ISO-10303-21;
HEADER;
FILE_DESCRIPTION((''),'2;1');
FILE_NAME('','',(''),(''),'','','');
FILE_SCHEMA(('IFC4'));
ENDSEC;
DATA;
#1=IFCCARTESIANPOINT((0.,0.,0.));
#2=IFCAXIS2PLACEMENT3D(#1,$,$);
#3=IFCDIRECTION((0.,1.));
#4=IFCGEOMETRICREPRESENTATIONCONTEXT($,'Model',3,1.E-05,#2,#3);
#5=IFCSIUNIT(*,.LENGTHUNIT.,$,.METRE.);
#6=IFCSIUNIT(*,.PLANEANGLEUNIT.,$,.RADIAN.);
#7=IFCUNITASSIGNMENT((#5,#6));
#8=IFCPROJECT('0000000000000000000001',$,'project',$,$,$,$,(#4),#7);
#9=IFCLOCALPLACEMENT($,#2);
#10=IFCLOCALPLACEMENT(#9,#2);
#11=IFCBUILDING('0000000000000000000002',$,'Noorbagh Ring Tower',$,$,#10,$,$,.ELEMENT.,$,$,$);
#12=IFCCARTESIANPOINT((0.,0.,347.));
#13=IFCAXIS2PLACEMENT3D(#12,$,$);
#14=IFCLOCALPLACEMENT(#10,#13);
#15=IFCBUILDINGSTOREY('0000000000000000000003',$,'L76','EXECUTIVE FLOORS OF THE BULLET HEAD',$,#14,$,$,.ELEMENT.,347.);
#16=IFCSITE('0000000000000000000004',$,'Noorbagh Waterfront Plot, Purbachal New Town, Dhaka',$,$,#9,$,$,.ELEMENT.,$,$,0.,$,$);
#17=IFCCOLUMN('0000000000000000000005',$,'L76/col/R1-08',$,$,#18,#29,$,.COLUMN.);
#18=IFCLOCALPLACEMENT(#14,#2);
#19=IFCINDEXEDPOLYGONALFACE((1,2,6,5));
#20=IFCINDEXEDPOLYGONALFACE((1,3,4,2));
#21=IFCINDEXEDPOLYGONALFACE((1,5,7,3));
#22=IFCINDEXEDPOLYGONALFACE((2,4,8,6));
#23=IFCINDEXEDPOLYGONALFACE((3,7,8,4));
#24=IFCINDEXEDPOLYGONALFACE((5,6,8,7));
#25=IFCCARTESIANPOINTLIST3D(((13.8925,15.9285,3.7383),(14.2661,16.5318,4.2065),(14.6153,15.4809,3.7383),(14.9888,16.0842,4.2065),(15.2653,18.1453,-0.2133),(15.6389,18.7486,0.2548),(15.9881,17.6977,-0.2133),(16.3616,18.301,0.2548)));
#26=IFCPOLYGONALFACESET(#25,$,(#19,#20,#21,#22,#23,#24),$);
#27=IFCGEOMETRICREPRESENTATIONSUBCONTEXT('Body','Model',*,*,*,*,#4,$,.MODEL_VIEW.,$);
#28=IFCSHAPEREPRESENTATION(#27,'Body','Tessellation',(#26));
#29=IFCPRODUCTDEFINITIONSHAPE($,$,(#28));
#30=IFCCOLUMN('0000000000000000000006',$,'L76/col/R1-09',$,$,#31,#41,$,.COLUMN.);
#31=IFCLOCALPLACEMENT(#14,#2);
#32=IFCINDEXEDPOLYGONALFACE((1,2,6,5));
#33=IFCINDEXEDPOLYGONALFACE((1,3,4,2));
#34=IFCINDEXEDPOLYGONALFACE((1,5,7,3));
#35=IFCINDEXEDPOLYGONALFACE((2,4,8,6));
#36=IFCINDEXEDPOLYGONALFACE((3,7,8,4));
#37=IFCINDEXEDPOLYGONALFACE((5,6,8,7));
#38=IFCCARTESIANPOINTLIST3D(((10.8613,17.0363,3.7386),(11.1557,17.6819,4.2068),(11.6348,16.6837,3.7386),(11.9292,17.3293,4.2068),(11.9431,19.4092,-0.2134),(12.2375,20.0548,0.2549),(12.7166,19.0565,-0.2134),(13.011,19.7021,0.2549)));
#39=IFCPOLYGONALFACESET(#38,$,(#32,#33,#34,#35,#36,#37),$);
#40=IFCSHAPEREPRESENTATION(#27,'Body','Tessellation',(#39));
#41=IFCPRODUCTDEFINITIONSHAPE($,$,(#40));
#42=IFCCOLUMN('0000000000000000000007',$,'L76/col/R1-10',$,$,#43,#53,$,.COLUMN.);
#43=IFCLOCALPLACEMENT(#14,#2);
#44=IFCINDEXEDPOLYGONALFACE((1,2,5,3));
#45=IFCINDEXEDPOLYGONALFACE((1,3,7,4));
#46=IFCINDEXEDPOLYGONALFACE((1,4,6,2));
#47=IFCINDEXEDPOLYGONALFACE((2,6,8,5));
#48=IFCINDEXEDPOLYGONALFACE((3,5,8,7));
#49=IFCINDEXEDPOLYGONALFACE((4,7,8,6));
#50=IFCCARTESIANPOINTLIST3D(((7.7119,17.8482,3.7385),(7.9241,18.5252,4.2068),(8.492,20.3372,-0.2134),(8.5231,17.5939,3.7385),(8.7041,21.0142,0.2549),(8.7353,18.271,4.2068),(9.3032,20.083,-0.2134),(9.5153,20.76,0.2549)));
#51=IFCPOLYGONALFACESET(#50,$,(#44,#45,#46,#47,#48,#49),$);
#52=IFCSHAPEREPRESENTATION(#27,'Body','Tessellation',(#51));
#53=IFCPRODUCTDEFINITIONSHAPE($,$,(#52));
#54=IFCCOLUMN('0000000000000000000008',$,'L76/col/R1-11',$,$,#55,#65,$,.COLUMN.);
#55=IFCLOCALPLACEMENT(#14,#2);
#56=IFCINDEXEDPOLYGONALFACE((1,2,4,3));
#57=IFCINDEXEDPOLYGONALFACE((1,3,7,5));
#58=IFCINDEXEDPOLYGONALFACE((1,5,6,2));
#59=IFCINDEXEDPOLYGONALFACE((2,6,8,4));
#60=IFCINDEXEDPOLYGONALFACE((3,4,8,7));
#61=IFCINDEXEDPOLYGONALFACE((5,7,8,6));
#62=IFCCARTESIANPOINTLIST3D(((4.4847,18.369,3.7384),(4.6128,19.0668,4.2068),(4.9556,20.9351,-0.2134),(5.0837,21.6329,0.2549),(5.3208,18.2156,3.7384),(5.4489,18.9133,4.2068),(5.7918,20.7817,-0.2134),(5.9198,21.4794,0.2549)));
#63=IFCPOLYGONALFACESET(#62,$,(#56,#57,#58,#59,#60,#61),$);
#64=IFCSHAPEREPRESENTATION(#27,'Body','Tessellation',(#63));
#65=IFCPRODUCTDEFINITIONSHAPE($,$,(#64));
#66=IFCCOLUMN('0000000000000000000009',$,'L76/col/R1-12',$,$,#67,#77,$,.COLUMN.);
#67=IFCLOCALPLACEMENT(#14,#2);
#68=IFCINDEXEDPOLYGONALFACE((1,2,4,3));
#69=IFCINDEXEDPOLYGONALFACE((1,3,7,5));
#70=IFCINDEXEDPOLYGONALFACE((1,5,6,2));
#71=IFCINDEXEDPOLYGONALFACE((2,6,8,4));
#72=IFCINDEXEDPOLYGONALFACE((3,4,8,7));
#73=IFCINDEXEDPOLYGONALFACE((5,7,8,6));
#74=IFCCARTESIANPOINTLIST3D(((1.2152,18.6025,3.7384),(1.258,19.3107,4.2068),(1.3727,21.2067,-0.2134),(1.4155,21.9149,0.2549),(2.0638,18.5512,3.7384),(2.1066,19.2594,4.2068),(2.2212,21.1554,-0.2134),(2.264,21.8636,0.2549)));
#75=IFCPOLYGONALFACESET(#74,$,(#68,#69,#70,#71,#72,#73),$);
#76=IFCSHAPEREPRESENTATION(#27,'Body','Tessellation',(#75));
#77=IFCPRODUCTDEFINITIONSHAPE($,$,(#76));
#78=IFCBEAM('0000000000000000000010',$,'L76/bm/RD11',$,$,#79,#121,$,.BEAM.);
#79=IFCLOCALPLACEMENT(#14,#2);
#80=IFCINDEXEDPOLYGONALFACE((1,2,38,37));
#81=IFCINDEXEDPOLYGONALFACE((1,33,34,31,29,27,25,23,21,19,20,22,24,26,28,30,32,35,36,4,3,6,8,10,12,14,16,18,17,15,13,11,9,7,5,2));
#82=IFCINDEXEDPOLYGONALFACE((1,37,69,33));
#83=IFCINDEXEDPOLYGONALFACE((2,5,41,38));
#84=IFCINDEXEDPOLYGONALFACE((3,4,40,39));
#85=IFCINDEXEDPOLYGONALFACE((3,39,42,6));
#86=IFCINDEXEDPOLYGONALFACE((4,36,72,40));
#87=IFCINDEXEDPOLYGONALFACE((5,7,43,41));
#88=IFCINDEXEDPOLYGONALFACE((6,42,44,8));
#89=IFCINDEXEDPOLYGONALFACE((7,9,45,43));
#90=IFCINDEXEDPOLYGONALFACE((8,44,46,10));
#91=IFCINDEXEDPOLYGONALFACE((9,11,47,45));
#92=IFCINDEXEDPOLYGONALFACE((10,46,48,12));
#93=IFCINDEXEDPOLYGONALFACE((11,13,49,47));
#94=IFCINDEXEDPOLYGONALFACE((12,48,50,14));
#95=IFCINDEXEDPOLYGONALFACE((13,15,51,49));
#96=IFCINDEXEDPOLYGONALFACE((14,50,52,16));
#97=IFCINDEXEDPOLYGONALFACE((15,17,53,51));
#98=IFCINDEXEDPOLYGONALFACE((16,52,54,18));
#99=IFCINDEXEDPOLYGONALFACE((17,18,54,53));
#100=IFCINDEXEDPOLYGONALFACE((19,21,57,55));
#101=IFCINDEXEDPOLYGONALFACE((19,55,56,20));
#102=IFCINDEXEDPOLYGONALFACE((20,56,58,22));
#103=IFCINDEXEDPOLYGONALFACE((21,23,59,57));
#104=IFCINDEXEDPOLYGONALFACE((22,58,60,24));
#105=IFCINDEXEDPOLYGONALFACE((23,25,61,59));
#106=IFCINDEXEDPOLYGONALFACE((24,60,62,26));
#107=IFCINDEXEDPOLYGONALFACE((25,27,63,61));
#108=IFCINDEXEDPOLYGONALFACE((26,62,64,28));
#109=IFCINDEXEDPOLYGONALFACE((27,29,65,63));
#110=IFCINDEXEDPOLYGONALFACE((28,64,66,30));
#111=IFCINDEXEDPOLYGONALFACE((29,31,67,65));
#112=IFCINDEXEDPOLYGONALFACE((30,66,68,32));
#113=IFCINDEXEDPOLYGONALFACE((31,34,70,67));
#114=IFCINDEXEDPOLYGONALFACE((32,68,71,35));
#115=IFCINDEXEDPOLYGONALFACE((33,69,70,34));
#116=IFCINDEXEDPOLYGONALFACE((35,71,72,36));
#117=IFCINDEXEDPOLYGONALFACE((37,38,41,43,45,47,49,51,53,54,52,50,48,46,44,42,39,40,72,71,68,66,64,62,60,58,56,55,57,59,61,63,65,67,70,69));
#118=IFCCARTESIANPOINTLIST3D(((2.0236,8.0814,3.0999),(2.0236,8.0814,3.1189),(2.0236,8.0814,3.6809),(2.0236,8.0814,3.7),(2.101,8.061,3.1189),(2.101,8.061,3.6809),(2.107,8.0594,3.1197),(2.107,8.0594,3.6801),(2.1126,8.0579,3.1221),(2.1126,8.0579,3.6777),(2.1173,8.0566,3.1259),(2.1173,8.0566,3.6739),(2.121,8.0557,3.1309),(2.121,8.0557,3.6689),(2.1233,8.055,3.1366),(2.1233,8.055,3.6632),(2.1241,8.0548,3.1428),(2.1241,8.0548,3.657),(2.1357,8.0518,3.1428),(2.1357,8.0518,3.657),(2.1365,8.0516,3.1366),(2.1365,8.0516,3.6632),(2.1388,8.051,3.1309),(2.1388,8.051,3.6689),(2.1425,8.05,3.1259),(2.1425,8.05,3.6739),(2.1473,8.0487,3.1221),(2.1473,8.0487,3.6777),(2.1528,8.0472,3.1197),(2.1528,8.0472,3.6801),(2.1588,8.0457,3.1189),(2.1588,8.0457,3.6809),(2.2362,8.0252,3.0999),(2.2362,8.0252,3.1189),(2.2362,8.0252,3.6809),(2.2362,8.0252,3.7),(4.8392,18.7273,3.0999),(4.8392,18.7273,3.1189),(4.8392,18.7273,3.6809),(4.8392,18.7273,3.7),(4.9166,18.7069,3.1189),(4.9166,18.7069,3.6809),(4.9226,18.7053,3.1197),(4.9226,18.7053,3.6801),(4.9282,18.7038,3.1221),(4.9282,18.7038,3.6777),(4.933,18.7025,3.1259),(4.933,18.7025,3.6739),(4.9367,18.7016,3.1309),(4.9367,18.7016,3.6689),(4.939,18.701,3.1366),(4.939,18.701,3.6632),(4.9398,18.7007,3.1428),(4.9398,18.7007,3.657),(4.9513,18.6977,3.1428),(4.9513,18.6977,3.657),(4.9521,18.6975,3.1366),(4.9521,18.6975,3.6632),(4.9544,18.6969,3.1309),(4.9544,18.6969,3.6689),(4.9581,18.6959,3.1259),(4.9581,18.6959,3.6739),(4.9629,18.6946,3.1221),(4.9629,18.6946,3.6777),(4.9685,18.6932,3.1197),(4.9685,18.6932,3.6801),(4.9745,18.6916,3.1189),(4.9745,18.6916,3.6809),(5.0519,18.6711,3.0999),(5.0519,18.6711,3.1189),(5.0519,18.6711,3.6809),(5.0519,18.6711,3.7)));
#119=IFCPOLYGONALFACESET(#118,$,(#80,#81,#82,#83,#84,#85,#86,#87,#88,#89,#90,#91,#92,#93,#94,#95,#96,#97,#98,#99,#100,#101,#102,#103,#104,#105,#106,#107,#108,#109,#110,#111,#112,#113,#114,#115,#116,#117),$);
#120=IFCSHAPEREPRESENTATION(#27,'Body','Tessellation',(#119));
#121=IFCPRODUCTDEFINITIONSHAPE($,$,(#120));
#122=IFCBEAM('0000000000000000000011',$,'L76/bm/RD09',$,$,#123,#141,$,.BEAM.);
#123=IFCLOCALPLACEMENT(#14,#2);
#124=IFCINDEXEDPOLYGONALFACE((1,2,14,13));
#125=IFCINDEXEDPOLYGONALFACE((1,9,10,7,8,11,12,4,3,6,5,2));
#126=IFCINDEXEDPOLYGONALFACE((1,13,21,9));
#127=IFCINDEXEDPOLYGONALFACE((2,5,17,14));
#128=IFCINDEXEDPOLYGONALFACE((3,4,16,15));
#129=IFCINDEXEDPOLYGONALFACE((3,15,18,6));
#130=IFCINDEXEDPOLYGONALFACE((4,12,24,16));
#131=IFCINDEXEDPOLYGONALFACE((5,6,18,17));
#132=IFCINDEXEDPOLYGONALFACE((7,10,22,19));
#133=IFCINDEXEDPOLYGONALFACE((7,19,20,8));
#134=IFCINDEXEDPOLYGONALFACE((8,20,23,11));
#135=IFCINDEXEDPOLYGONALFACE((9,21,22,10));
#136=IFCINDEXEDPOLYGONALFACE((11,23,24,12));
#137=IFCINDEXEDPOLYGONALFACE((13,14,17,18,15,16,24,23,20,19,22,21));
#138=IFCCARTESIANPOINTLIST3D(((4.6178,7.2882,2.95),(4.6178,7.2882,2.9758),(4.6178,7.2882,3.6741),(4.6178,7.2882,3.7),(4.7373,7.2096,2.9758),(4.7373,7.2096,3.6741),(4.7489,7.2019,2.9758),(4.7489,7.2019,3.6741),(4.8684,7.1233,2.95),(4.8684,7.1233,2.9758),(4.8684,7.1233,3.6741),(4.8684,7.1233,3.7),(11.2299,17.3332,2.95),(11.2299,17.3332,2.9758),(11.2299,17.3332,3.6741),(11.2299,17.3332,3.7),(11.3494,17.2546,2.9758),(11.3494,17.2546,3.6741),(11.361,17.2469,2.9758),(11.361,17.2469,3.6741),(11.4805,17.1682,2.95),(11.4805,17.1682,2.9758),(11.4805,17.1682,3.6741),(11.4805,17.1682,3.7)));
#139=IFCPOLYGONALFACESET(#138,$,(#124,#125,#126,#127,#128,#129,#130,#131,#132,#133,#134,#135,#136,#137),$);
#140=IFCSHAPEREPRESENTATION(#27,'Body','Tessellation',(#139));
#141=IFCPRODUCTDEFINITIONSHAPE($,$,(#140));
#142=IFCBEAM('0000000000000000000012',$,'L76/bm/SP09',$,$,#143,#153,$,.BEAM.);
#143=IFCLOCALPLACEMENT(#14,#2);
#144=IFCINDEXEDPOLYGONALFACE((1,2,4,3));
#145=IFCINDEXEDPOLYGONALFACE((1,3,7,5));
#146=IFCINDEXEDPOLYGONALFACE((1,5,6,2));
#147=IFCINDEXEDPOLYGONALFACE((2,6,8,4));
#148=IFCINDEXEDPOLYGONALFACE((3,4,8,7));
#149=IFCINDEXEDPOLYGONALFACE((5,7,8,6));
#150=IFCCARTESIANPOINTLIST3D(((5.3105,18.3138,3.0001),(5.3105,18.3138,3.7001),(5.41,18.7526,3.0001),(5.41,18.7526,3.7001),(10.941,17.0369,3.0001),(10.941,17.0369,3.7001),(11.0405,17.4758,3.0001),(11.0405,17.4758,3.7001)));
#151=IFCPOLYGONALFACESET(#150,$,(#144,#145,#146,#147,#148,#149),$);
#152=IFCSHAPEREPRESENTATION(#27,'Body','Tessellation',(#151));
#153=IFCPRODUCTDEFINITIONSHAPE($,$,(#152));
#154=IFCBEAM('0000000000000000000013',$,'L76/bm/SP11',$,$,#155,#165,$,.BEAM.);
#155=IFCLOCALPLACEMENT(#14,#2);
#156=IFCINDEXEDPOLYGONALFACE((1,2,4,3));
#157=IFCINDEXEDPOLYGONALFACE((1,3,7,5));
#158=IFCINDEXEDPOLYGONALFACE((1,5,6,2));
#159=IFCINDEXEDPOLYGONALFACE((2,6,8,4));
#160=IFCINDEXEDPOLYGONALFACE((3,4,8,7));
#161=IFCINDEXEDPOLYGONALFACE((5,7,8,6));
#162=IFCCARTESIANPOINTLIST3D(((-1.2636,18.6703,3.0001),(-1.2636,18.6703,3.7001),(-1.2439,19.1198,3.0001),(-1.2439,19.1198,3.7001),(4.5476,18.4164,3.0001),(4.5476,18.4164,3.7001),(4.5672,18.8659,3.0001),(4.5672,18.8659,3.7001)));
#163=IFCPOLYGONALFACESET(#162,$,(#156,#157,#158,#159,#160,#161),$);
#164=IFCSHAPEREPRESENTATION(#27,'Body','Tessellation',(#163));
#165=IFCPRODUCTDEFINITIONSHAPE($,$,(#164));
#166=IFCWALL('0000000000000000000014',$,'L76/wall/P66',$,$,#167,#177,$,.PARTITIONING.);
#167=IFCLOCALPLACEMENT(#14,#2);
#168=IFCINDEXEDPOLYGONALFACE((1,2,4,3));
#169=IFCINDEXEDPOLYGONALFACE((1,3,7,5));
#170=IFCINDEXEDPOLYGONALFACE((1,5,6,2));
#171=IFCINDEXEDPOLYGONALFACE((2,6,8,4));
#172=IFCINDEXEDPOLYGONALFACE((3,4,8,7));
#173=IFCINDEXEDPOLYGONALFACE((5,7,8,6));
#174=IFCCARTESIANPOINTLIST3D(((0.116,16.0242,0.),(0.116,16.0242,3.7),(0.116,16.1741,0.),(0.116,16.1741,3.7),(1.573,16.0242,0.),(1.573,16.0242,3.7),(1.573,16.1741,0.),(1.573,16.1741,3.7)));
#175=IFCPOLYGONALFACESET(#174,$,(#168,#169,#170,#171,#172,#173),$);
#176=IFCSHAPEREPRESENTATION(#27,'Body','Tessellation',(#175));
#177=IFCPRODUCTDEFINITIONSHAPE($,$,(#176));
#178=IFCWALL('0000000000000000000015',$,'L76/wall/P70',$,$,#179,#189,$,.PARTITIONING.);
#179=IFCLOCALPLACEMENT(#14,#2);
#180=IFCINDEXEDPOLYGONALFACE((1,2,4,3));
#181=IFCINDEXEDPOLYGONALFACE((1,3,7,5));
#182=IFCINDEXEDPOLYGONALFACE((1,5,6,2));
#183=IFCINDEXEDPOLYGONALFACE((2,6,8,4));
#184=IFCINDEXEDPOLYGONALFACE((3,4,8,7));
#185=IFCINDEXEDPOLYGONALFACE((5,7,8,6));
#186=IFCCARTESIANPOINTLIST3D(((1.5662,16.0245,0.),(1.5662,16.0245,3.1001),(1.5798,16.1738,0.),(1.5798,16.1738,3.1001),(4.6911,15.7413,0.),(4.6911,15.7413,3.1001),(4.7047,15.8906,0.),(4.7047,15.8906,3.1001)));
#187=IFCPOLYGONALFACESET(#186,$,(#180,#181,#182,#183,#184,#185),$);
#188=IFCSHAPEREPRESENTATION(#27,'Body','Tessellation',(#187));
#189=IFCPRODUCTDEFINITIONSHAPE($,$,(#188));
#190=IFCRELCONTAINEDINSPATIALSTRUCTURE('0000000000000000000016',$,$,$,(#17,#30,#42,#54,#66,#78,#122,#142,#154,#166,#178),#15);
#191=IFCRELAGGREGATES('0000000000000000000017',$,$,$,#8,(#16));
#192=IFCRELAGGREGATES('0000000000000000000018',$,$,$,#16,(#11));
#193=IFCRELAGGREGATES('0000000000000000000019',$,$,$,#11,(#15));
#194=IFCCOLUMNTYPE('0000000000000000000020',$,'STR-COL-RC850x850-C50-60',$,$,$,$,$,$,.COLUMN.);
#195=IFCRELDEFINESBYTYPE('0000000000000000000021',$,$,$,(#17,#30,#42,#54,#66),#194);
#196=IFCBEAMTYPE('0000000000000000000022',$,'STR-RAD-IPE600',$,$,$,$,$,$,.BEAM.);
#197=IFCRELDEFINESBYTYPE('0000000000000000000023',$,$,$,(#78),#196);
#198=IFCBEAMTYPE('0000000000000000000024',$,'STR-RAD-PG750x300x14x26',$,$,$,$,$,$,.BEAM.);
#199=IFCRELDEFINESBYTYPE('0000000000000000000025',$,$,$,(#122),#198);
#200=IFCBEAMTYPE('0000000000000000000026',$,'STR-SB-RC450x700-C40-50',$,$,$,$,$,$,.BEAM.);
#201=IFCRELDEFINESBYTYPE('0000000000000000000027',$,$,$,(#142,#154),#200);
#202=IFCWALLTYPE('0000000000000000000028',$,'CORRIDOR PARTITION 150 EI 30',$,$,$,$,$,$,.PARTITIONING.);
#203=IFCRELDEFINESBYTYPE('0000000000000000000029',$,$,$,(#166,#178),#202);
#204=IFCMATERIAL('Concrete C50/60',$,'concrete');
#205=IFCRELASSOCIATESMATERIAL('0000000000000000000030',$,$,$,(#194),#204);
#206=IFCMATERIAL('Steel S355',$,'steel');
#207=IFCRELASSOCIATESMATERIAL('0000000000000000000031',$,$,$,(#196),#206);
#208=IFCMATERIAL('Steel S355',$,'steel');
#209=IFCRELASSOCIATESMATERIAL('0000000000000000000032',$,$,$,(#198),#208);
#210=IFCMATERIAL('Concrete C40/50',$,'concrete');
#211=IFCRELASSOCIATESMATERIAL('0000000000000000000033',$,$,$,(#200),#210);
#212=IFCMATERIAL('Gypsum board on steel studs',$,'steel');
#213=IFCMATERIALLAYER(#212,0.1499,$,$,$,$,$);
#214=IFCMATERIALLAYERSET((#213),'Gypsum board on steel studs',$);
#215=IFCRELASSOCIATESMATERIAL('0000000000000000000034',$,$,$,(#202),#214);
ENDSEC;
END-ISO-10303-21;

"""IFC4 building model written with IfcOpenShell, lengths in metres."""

from ifc_helpers import new_model, si_unit, direction, frame, frame_2d, origin, origin_2d, place, context, subcontext, project, spatial, rectangle, i_section, extrude, material, layer, layer_set, material_profile, profile_set, type_object, element, save


model = new_model("IFC4")

# Units and contexts
model_context = context("Model", 3, precision=1e-05, world=origin(), true_north=direction((0.0, 1.0)))
body_context = subcontext(model_context, "Body", "Model", "MODEL_VIEW")
ifc_project = project(units=[si_unit("LENGTHUNIT", "METRE"), si_unit("PLANEANGLEUNIT", "RADIAN")], contexts=[model_context])

# Site, building, storey
site_placement = place(None, origin())
site = spatial("IfcSite", under=ifc_project, at=site_placement, Name="Noorbagh Waterfront Plot, Purbachal New Town, Dhaka", CompositionType="ELEMENT", RefElevation=0.0)
building_placement = place(site_placement, origin())
building = spatial("IfcBuilding", under=site, at=building_placement, Name="Noorbagh Ring Tower", CompositionType="ELEMENT")
storey_placement = place(building_placement, frame((0.0, 0.0, 347.0)))
storey = spatial("IfcBuildingStorey", under=building, at=storey_placement, Name="L76", Description="EXECUTIVE FLOORS OF THE BULLET HEAD", CompositionType="ELEMENT", Elevation=347.0)

# Columns
ifc_material_1 = material(Name="Concrete C50/60", Category="concrete")
ifc_material_profile_1 = material_profile(ifc_material_1, rectangle(XDim=0.8501, YDim=0.8501, at=origin_2d()), Name="RC850x850")
ifc_profile_set_1 = profile_set([ifc_material_profile_1], Name="Concrete C50/60")
column_type = type_object("IfcColumnType", Name="STR-COL-RC850x850-C50-60", PredefinedType="COLUMN", material=ifc_profile_set_1)
column_1_placement = place(storey_placement, frame((15.8135, 18.2231, 0.0208), z_axis=(-0.289964, -0.468233, 0.834672), x_axis=(0.850179, -0.526493, 0.0)))
element("IfcColumn", 1, at=column_1_placement, inside=storey, type_object=column_type, Name="L76/col/R1-08", PredefinedType="COLUMN", context=body_context, shape_type="SweptSolid", body=[
    extrude(rectangle(XDim=0.8501, YDim=0.8501, at=origin_2d()), origin(), (0.0, 0.0, 1.0), 4.7344),
])
column_2_placement = place(storey_placement, frame((12.4771, 19.5557, 0.0208), z_axis=(-0.228477, -0.501145, 0.834657), x_axis=(0.909898, -0.414833, 0.0)))
element("IfcColumn", 2, at=column_2_placement, inside=storey, type_object=column_type, Name="L76/col/R1-09", PredefinedType="COLUMN", context=body_context, shape_type="SweptSolid", body=[
    extrude(rectangle(XDim=0.8501, YDim=0.8501, at=origin_2d()), origin(), (0.0, 0.0, 1.0), 4.7349),
])
column_3_placement = place(storey_placement, frame((9.0037, 20.5486, 0.0208), z_axis=(-0.164733, -0.525652, 0.834598), x_axis=(0.954238, -0.299048, 0.0)))
element("IfcColumn", 3, at=column_3_placement, inside=storey, type_object=column_type, Name="L76/col/R1-10", PredefinedType="COLUMN", context=body_context, shape_type="SweptSolid", body=[
    extrude(rectangle(XDim=0.8501, YDim=0.8501, at=origin_2d()), origin(), (0.0, 0.0, 1.0), 4.7351),
])
for number, where, z_axis, x_axis, name in (
    (4, (5.4377, 21.2073, 0.0208), (-0.099451, -0.541904, 0.834535), (0.983574, -0.180507, 0.0), "L76/col/R1-11"),
    (5, (1.8184, 21.5352, 0.0208), (-0.033254, -0.549948, 0.834537), (0.998177, -0.060357, 0.0), "L76/col/R1-12"),
):
    element("IfcColumn", number, at=place(storey_placement, frame(where, z_axis=z_axis, x_axis=x_axis)), inside=storey, type_object=column_type, Name=name, PredefinedType="COLUMN", context=body_context, shape_type="SweptSolid", body=[
        extrude(rectangle(XDim=0.8501, YDim=0.8501, at=origin_2d()), origin(), (0.0, 0.0, 1.0), 4.7354),
    ])

# Beams
ifc_material_2 = material(Name="Steel S355", Category="steel")
ifc_material_profile_2 = material_profile(ifc_material_2, i_section(OverallWidth=0.22, OverallDepth=0.6001, WebThickness=0.012, FlangeThickness=0.019, FilletRadius=0.0239, at=origin_2d()), Name="IPE600")
ifc_profile_set_2 = profile_set([ifc_material_profile_2], Name="Steel S355")
beam_type_1 = type_object("IfcBeamType", Name="STR-RAD-IPE600", PredefinedType="BEAM", material=ifc_profile_set_2)
beam_1_placement = place(storey_placement, frame((4.9456, 18.6992, 3.3999), z_axis=(-0.25569, -0.966759, 0.0), x_axis=(0.966759, -0.25569, 0.0)))
element("IfcBeam", 6, at=beam_1_placement, inside=storey, type_object=beam_type_1, Name="L76/bm/RD11", PredefinedType="BEAM", context=body_context, shape_type="SweptSolid", body=[
    extrude(i_section(OverallWidth=0.22, OverallDepth=0.6001, WebThickness=0.012, FlangeThickness=0.019, FilletRadius=0.0239, at=origin_2d()), origin(), (0.0, 0.0, 1.0), 11.012),
])
ifc_material_3 = material(Name="Steel S355", Category="steel")
ifc_material_profile_3 = material_profile(ifc_material_3, i_section(OverallWidth=0.3, OverallDepth=0.75, WebThickness=0.0139, FlangeThickness=0.0259, at=origin_2d()), Name="PG750x300x14x26")
ifc_profile_set_3 = profile_set([ifc_material_profile_3], Name="Steel S355")
beam_type_2 = type_object("IfcBeamType", Name="STR-RAD-PG750x300x14x26", PredefinedType="BEAM", material=ifc_profile_set_3)
beam_2_placement = place(storey_placement, frame((11.3552, 17.2507, 3.325), z_axis=(-0.549823, -0.835281, 0.0), x_axis=(0.835281, -0.549823, 0.0)))
element("IfcBeam", 7, at=beam_2_placement, inside=storey, type_object=beam_type_2, Name="L76/bm/RD09", PredefinedType="BEAM", context=body_context, shape_type="SweptSolid", body=[
    extrude(i_section(OverallWidth=0.3, OverallDepth=0.75, WebThickness=0.0139, FlangeThickness=0.0259, at=origin_2d()), origin(), (0.0, 0.0, 1.0), 12.0259),
])
ifc_material_4 = material(Name="Concrete C40/50", Category="concrete")
ifc_material_profile_4 = material_profile(ifc_material_4, rectangle(XDim=0.45, YDim=0.7, at=origin_2d()), Name="RC450x700")
ifc_profile_set_4 = profile_set([ifc_material_profile_4], Name="Concrete C40/50")
beam_type_3 = type_object("IfcBeamType", Name="STR-SB-RC450x700-C40-50", PredefinedType="BEAM", material=ifc_profile_set_4)
beam_3_placement = place(storey_placement, frame((10.9907, 17.2563, 3.3501), z_axis=(-0.975237, 0.221164, 0.0), x_axis=(-0.221164, -0.975237, 0.0)))
element("IfcBeam", 8, at=beam_3_placement, inside=storey, type_object=beam_type_3, Name="L76/bm/SP09", PredefinedType="BEAM", context=body_context, shape_type="SweptSolid", body=[
    extrude(rectangle(XDim=0.45, YDim=0.7, at=origin_2d()), origin(), (0.0, 0.0, 1.0), 5.7734),
])
beam_4_placement = place(storey_placement, frame((4.5574, 18.6411, 3.3501), z_axis=(-0.999047, 0.043652, 0.0), x_axis=(-0.043652, -0.999047, 0.0)))
element("IfcBeam", 9, at=beam_4_placement, inside=storey, type_object=beam_type_3, Name="L76/bm/SP11", PredefinedType="BEAM", context=body_context, shape_type="SweptSolid", body=[
    extrude(rectangle(XDim=0.45, YDim=0.7, at=origin_2d()), origin(), (0.0, 0.0, 1.0), 5.8167),
])

# Walls
ifc_material_5 = material(Name="Gypsum board on steel studs", Category="steel")
ifc_layer_1 = layer(ifc_material_5, 0.1499)
ifc_layer_set_1 = layer_set([ifc_layer_1], Name="Gypsum board on steel studs")
wall_type_1 = type_object("IfcWallType", Name="CORRIDOR PARTITION 150 EI 30", PredefinedType="PARTITIONING", material=ifc_layer_set_1)
wall_1_placement = place(storey_placement, frame((0.116, 16.0991, 0.0), z_axis=(0.0, 0.0, 1.0), x_axis=(1.0, 0.0, 0.0)))
element("IfcWall", 10, at=wall_1_placement, inside=storey, type_object=wall_type_1, Name="L76/wall/P66", PredefinedType="PARTITIONING", context=body_context, shape_type="SweptSolid", body=[
    extrude(rectangle(XDim=1.457, YDim=0.1499, at=frame_2d((0.7285, 0.0))), origin(), (0.0, 0.0, 1.0), 3.7),
])
wall_2_placement = place(storey_placement, frame((1.573, 16.0991, 0.0), z_axis=(0.0, 0.0, 1.0), x_axis=(0.995919, -0.090255, 0.0)))
element("IfcWall", 11, at=wall_2_placement, inside=storey, type_object=wall_type_1, Name="L76/wall/P70", PredefinedType="PARTITIONING", context=body_context, shape_type="SweptSolid", body=[
    extrude(rectangle(XDim=3.1377, YDim=0.1499, at=frame_2d((1.5688, 0.0))), origin(), (0.0, 0.0, 1.0), 3.1001),
])

save(model, "model.ifc")
